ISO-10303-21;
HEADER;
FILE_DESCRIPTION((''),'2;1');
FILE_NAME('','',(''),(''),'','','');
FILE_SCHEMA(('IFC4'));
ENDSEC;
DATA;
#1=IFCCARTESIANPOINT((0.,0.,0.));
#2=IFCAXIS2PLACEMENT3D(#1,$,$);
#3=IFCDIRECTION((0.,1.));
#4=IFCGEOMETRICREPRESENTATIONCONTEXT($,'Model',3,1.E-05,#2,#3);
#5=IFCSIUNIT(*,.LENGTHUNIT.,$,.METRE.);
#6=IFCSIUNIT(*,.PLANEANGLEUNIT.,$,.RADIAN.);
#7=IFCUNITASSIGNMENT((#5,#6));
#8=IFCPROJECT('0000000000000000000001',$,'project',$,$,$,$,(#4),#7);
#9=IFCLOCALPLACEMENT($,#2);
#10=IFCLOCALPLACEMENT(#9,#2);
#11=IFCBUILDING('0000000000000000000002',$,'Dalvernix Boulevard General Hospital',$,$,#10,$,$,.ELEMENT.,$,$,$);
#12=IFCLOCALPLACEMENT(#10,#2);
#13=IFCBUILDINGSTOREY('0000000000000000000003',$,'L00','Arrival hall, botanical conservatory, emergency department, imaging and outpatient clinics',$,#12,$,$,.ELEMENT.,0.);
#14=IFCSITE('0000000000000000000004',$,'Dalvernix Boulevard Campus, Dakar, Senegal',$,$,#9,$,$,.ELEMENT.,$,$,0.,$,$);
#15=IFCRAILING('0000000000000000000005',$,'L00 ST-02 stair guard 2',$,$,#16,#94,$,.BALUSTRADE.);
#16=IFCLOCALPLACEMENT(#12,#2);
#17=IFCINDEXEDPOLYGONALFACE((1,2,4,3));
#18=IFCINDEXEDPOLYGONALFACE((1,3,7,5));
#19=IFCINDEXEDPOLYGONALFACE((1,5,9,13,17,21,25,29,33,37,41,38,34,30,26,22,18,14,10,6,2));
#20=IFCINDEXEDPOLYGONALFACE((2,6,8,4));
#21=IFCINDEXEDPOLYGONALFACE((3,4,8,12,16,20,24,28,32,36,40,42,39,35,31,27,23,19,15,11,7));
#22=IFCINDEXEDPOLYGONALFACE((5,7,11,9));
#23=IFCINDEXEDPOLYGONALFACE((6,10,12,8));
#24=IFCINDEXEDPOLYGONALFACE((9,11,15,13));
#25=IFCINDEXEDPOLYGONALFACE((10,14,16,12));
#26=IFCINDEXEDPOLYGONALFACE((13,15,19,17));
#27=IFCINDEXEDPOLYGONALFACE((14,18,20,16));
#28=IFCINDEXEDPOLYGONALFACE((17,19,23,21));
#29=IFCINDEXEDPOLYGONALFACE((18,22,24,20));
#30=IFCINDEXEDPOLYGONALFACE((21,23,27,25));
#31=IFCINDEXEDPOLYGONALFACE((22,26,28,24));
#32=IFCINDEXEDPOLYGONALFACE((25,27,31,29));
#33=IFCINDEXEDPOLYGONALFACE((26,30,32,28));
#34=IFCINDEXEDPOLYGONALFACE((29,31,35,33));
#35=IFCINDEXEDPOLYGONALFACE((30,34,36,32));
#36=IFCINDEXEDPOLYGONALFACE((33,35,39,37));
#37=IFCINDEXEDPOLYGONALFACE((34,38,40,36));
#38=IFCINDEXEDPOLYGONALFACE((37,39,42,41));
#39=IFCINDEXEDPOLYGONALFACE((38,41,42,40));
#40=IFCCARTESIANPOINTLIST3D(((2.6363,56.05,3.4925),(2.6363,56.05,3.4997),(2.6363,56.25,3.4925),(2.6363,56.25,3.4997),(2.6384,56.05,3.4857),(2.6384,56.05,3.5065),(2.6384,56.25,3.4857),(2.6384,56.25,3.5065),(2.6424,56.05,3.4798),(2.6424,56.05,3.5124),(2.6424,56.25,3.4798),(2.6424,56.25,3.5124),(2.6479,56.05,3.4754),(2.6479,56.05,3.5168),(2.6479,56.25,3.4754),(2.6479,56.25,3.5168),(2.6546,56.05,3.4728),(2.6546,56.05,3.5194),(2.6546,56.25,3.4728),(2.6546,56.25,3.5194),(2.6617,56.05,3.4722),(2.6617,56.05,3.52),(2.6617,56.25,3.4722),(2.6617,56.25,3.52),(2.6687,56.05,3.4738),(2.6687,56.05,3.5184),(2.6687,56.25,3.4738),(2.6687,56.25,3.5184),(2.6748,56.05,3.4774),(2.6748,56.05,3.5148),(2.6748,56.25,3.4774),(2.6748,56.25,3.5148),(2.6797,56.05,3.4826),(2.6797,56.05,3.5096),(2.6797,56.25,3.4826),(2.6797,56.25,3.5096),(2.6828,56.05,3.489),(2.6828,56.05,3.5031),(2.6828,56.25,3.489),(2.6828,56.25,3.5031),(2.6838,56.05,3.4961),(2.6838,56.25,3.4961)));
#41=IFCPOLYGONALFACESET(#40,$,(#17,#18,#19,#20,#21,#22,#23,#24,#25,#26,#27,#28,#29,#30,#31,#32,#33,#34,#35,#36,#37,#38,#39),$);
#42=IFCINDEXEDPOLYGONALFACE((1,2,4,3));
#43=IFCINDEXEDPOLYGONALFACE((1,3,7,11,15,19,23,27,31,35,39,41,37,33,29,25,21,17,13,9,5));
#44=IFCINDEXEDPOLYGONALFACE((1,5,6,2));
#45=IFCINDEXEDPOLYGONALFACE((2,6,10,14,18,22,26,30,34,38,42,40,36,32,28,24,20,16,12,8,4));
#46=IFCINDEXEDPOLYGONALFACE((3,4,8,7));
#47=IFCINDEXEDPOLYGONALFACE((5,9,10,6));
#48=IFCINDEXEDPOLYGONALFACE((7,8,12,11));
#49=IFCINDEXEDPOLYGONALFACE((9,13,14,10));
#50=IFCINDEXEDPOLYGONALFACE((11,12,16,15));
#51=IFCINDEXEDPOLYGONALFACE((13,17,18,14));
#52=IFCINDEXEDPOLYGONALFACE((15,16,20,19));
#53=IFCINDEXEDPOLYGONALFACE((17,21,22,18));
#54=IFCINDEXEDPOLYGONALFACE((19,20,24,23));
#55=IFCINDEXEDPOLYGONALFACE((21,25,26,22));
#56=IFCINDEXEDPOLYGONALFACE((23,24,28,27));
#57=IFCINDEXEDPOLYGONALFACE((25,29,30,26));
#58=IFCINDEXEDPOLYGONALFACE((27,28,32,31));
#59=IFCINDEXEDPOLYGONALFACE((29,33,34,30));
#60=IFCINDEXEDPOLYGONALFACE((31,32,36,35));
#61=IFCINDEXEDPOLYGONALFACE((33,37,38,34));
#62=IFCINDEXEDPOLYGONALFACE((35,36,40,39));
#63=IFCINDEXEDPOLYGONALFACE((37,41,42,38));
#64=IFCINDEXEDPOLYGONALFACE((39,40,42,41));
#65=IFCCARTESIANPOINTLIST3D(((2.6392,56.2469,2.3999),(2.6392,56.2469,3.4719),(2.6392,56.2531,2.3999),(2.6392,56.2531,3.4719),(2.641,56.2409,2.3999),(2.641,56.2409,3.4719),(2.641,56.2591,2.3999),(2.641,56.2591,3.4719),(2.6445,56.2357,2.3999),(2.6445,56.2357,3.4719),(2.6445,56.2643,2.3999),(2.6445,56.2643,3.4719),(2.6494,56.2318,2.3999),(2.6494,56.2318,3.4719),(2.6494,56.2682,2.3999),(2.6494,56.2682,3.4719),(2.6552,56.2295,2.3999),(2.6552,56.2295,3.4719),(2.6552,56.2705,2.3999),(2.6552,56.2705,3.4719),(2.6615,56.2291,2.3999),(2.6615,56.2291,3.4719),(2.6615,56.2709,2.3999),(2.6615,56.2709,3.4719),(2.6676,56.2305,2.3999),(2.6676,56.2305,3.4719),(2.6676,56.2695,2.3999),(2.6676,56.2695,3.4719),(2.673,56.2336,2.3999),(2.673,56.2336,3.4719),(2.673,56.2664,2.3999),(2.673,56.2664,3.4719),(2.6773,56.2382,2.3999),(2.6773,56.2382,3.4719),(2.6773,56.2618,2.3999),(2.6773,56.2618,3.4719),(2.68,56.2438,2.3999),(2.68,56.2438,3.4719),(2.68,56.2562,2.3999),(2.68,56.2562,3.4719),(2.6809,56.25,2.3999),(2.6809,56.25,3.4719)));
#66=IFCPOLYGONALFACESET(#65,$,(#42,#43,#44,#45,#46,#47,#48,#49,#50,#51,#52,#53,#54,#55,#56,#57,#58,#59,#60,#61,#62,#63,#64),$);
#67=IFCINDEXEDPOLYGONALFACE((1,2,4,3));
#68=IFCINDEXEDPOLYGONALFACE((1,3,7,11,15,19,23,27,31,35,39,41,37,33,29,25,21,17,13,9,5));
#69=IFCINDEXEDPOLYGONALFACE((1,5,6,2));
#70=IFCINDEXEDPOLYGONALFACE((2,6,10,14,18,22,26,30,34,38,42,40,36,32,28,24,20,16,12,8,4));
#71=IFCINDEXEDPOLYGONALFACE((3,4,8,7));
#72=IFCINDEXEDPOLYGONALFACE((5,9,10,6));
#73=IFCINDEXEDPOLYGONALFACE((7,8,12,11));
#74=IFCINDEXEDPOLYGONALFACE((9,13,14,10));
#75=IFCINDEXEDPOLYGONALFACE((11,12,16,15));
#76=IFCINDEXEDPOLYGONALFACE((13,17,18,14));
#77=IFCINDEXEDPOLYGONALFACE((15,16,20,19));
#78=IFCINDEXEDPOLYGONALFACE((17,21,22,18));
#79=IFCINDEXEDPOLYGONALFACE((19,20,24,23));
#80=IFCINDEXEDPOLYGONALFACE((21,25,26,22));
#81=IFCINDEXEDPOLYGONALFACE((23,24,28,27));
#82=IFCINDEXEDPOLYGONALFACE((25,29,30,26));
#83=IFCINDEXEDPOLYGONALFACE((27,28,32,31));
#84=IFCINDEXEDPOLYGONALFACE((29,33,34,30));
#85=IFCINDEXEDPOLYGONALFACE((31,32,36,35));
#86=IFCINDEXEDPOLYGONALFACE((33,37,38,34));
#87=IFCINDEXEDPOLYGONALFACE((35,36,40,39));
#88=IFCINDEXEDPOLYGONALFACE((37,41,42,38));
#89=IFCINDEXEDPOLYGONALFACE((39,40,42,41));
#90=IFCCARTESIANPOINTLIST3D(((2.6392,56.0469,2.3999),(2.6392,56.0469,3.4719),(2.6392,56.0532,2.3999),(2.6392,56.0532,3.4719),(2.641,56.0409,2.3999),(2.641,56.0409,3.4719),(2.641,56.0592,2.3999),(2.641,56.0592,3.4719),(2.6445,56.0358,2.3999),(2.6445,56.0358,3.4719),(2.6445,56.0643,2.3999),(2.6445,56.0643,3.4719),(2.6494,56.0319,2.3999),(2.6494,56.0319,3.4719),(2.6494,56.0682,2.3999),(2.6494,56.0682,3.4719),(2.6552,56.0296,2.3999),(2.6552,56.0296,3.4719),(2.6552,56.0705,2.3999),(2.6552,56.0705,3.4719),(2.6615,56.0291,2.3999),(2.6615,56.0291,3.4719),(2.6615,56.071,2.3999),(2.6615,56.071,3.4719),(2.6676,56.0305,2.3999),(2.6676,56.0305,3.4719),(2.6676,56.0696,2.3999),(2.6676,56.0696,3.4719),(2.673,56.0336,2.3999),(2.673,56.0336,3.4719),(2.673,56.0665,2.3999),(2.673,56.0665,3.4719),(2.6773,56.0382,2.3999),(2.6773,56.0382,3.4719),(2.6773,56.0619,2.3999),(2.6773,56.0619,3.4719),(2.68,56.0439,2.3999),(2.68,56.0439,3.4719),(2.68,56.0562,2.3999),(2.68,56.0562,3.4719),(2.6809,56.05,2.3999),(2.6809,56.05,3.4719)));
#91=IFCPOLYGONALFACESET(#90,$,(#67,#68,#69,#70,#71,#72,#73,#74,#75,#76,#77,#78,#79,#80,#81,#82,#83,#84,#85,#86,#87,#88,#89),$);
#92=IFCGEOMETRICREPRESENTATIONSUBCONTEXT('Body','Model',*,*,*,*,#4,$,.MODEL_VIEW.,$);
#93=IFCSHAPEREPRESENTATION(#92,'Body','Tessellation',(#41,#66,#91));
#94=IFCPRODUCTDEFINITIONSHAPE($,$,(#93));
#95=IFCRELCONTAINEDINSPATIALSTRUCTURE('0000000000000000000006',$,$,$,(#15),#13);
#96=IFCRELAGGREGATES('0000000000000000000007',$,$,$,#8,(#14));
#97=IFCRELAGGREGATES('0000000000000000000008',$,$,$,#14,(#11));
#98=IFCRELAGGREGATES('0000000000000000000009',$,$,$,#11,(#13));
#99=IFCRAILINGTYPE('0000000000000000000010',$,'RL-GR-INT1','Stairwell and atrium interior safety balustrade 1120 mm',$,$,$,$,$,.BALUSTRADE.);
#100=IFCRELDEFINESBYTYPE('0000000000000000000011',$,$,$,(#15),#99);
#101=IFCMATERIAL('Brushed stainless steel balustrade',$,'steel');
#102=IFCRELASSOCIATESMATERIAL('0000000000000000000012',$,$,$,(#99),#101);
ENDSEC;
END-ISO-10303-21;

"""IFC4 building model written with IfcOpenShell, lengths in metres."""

from ifc_helpers import new_model, si_unit, direction, frame, origin, origin_2d, place, context, subcontext, project, spatial, circle, extrude, material, type_object, element, save


model = new_model("IFC4")

# Units and contexts
model_context = context("Model", 3, precision=1e-05, world=origin(), true_north=direction((0.0, 1.0)))
body_context = subcontext(model_context, "Body", "Model", "MODEL_VIEW")
ifc_project = project(units=[si_unit("LENGTHUNIT", "METRE"), si_unit("PLANEANGLEUNIT", "RADIAN")], contexts=[model_context])

# Site, building, storey
site_placement = place(None, origin())
site = spatial("IfcSite", under=ifc_project, at=site_placement, Name="Dalvernix Boulevard Campus, Dakar, Senegal", CompositionType="ELEMENT", RefElevation=0.0)
building_placement = place(site_placement, origin())
building = spatial("IfcBuilding", under=site, at=building_placement, Name="Dalvernix Boulevard General Hospital", CompositionType="ELEMENT")
storey_placement = place(building_placement, origin())
storey = spatial("IfcBuildingStorey", under=building, at=storey_placement, Name="L00", Description="Arrival hall, botanical conservatory, emergency department, imaging and outpatient clinics", CompositionType="ELEMENT", Elevation=0.0)

# Railing
ifc_material_1 = material(Name="Brushed stainless steel balustrade", Category="steel")
railing_type_1 = type_object("IfcRailingType", Name="RL-GR-INT1", Description="Stairwell and atrium interior safety balustrade 1120 mm", PredefinedType="BALUSTRADE", material=ifc_material_1)
railing_1_placement = place(storey_placement, frame((2.6599, 56.25, 2.3999)))
element("IfcRailing", 1, at=railing_1_placement, inside=storey, type_object=railing_type_1, Name="L00 ST-02 stair guard 2", PredefinedType="BALUSTRADE", context=body_context, shape_type="SweptSolid", body=[
    extrude(circle(Radius=0.0239, at=origin_2d()), frame((0.0, 0.0, 1.0962), z_axis=(0.0, -1.0, 0.0), x_axis=(1.0, 0.0, 0.0)), (0.0, 0.0, 1.0), 0.2),
    extrude(circle(Radius=0.021, at=origin_2d()), origin(), (0.0, 0.0, 1.0), 1.072),
    extrude(circle(Radius=0.021, at=origin_2d()), frame((0.0, -0.2, 0.0)), (0.0, 0.0, 1.0), 1.072),
])

save(model, "model.ifc")
